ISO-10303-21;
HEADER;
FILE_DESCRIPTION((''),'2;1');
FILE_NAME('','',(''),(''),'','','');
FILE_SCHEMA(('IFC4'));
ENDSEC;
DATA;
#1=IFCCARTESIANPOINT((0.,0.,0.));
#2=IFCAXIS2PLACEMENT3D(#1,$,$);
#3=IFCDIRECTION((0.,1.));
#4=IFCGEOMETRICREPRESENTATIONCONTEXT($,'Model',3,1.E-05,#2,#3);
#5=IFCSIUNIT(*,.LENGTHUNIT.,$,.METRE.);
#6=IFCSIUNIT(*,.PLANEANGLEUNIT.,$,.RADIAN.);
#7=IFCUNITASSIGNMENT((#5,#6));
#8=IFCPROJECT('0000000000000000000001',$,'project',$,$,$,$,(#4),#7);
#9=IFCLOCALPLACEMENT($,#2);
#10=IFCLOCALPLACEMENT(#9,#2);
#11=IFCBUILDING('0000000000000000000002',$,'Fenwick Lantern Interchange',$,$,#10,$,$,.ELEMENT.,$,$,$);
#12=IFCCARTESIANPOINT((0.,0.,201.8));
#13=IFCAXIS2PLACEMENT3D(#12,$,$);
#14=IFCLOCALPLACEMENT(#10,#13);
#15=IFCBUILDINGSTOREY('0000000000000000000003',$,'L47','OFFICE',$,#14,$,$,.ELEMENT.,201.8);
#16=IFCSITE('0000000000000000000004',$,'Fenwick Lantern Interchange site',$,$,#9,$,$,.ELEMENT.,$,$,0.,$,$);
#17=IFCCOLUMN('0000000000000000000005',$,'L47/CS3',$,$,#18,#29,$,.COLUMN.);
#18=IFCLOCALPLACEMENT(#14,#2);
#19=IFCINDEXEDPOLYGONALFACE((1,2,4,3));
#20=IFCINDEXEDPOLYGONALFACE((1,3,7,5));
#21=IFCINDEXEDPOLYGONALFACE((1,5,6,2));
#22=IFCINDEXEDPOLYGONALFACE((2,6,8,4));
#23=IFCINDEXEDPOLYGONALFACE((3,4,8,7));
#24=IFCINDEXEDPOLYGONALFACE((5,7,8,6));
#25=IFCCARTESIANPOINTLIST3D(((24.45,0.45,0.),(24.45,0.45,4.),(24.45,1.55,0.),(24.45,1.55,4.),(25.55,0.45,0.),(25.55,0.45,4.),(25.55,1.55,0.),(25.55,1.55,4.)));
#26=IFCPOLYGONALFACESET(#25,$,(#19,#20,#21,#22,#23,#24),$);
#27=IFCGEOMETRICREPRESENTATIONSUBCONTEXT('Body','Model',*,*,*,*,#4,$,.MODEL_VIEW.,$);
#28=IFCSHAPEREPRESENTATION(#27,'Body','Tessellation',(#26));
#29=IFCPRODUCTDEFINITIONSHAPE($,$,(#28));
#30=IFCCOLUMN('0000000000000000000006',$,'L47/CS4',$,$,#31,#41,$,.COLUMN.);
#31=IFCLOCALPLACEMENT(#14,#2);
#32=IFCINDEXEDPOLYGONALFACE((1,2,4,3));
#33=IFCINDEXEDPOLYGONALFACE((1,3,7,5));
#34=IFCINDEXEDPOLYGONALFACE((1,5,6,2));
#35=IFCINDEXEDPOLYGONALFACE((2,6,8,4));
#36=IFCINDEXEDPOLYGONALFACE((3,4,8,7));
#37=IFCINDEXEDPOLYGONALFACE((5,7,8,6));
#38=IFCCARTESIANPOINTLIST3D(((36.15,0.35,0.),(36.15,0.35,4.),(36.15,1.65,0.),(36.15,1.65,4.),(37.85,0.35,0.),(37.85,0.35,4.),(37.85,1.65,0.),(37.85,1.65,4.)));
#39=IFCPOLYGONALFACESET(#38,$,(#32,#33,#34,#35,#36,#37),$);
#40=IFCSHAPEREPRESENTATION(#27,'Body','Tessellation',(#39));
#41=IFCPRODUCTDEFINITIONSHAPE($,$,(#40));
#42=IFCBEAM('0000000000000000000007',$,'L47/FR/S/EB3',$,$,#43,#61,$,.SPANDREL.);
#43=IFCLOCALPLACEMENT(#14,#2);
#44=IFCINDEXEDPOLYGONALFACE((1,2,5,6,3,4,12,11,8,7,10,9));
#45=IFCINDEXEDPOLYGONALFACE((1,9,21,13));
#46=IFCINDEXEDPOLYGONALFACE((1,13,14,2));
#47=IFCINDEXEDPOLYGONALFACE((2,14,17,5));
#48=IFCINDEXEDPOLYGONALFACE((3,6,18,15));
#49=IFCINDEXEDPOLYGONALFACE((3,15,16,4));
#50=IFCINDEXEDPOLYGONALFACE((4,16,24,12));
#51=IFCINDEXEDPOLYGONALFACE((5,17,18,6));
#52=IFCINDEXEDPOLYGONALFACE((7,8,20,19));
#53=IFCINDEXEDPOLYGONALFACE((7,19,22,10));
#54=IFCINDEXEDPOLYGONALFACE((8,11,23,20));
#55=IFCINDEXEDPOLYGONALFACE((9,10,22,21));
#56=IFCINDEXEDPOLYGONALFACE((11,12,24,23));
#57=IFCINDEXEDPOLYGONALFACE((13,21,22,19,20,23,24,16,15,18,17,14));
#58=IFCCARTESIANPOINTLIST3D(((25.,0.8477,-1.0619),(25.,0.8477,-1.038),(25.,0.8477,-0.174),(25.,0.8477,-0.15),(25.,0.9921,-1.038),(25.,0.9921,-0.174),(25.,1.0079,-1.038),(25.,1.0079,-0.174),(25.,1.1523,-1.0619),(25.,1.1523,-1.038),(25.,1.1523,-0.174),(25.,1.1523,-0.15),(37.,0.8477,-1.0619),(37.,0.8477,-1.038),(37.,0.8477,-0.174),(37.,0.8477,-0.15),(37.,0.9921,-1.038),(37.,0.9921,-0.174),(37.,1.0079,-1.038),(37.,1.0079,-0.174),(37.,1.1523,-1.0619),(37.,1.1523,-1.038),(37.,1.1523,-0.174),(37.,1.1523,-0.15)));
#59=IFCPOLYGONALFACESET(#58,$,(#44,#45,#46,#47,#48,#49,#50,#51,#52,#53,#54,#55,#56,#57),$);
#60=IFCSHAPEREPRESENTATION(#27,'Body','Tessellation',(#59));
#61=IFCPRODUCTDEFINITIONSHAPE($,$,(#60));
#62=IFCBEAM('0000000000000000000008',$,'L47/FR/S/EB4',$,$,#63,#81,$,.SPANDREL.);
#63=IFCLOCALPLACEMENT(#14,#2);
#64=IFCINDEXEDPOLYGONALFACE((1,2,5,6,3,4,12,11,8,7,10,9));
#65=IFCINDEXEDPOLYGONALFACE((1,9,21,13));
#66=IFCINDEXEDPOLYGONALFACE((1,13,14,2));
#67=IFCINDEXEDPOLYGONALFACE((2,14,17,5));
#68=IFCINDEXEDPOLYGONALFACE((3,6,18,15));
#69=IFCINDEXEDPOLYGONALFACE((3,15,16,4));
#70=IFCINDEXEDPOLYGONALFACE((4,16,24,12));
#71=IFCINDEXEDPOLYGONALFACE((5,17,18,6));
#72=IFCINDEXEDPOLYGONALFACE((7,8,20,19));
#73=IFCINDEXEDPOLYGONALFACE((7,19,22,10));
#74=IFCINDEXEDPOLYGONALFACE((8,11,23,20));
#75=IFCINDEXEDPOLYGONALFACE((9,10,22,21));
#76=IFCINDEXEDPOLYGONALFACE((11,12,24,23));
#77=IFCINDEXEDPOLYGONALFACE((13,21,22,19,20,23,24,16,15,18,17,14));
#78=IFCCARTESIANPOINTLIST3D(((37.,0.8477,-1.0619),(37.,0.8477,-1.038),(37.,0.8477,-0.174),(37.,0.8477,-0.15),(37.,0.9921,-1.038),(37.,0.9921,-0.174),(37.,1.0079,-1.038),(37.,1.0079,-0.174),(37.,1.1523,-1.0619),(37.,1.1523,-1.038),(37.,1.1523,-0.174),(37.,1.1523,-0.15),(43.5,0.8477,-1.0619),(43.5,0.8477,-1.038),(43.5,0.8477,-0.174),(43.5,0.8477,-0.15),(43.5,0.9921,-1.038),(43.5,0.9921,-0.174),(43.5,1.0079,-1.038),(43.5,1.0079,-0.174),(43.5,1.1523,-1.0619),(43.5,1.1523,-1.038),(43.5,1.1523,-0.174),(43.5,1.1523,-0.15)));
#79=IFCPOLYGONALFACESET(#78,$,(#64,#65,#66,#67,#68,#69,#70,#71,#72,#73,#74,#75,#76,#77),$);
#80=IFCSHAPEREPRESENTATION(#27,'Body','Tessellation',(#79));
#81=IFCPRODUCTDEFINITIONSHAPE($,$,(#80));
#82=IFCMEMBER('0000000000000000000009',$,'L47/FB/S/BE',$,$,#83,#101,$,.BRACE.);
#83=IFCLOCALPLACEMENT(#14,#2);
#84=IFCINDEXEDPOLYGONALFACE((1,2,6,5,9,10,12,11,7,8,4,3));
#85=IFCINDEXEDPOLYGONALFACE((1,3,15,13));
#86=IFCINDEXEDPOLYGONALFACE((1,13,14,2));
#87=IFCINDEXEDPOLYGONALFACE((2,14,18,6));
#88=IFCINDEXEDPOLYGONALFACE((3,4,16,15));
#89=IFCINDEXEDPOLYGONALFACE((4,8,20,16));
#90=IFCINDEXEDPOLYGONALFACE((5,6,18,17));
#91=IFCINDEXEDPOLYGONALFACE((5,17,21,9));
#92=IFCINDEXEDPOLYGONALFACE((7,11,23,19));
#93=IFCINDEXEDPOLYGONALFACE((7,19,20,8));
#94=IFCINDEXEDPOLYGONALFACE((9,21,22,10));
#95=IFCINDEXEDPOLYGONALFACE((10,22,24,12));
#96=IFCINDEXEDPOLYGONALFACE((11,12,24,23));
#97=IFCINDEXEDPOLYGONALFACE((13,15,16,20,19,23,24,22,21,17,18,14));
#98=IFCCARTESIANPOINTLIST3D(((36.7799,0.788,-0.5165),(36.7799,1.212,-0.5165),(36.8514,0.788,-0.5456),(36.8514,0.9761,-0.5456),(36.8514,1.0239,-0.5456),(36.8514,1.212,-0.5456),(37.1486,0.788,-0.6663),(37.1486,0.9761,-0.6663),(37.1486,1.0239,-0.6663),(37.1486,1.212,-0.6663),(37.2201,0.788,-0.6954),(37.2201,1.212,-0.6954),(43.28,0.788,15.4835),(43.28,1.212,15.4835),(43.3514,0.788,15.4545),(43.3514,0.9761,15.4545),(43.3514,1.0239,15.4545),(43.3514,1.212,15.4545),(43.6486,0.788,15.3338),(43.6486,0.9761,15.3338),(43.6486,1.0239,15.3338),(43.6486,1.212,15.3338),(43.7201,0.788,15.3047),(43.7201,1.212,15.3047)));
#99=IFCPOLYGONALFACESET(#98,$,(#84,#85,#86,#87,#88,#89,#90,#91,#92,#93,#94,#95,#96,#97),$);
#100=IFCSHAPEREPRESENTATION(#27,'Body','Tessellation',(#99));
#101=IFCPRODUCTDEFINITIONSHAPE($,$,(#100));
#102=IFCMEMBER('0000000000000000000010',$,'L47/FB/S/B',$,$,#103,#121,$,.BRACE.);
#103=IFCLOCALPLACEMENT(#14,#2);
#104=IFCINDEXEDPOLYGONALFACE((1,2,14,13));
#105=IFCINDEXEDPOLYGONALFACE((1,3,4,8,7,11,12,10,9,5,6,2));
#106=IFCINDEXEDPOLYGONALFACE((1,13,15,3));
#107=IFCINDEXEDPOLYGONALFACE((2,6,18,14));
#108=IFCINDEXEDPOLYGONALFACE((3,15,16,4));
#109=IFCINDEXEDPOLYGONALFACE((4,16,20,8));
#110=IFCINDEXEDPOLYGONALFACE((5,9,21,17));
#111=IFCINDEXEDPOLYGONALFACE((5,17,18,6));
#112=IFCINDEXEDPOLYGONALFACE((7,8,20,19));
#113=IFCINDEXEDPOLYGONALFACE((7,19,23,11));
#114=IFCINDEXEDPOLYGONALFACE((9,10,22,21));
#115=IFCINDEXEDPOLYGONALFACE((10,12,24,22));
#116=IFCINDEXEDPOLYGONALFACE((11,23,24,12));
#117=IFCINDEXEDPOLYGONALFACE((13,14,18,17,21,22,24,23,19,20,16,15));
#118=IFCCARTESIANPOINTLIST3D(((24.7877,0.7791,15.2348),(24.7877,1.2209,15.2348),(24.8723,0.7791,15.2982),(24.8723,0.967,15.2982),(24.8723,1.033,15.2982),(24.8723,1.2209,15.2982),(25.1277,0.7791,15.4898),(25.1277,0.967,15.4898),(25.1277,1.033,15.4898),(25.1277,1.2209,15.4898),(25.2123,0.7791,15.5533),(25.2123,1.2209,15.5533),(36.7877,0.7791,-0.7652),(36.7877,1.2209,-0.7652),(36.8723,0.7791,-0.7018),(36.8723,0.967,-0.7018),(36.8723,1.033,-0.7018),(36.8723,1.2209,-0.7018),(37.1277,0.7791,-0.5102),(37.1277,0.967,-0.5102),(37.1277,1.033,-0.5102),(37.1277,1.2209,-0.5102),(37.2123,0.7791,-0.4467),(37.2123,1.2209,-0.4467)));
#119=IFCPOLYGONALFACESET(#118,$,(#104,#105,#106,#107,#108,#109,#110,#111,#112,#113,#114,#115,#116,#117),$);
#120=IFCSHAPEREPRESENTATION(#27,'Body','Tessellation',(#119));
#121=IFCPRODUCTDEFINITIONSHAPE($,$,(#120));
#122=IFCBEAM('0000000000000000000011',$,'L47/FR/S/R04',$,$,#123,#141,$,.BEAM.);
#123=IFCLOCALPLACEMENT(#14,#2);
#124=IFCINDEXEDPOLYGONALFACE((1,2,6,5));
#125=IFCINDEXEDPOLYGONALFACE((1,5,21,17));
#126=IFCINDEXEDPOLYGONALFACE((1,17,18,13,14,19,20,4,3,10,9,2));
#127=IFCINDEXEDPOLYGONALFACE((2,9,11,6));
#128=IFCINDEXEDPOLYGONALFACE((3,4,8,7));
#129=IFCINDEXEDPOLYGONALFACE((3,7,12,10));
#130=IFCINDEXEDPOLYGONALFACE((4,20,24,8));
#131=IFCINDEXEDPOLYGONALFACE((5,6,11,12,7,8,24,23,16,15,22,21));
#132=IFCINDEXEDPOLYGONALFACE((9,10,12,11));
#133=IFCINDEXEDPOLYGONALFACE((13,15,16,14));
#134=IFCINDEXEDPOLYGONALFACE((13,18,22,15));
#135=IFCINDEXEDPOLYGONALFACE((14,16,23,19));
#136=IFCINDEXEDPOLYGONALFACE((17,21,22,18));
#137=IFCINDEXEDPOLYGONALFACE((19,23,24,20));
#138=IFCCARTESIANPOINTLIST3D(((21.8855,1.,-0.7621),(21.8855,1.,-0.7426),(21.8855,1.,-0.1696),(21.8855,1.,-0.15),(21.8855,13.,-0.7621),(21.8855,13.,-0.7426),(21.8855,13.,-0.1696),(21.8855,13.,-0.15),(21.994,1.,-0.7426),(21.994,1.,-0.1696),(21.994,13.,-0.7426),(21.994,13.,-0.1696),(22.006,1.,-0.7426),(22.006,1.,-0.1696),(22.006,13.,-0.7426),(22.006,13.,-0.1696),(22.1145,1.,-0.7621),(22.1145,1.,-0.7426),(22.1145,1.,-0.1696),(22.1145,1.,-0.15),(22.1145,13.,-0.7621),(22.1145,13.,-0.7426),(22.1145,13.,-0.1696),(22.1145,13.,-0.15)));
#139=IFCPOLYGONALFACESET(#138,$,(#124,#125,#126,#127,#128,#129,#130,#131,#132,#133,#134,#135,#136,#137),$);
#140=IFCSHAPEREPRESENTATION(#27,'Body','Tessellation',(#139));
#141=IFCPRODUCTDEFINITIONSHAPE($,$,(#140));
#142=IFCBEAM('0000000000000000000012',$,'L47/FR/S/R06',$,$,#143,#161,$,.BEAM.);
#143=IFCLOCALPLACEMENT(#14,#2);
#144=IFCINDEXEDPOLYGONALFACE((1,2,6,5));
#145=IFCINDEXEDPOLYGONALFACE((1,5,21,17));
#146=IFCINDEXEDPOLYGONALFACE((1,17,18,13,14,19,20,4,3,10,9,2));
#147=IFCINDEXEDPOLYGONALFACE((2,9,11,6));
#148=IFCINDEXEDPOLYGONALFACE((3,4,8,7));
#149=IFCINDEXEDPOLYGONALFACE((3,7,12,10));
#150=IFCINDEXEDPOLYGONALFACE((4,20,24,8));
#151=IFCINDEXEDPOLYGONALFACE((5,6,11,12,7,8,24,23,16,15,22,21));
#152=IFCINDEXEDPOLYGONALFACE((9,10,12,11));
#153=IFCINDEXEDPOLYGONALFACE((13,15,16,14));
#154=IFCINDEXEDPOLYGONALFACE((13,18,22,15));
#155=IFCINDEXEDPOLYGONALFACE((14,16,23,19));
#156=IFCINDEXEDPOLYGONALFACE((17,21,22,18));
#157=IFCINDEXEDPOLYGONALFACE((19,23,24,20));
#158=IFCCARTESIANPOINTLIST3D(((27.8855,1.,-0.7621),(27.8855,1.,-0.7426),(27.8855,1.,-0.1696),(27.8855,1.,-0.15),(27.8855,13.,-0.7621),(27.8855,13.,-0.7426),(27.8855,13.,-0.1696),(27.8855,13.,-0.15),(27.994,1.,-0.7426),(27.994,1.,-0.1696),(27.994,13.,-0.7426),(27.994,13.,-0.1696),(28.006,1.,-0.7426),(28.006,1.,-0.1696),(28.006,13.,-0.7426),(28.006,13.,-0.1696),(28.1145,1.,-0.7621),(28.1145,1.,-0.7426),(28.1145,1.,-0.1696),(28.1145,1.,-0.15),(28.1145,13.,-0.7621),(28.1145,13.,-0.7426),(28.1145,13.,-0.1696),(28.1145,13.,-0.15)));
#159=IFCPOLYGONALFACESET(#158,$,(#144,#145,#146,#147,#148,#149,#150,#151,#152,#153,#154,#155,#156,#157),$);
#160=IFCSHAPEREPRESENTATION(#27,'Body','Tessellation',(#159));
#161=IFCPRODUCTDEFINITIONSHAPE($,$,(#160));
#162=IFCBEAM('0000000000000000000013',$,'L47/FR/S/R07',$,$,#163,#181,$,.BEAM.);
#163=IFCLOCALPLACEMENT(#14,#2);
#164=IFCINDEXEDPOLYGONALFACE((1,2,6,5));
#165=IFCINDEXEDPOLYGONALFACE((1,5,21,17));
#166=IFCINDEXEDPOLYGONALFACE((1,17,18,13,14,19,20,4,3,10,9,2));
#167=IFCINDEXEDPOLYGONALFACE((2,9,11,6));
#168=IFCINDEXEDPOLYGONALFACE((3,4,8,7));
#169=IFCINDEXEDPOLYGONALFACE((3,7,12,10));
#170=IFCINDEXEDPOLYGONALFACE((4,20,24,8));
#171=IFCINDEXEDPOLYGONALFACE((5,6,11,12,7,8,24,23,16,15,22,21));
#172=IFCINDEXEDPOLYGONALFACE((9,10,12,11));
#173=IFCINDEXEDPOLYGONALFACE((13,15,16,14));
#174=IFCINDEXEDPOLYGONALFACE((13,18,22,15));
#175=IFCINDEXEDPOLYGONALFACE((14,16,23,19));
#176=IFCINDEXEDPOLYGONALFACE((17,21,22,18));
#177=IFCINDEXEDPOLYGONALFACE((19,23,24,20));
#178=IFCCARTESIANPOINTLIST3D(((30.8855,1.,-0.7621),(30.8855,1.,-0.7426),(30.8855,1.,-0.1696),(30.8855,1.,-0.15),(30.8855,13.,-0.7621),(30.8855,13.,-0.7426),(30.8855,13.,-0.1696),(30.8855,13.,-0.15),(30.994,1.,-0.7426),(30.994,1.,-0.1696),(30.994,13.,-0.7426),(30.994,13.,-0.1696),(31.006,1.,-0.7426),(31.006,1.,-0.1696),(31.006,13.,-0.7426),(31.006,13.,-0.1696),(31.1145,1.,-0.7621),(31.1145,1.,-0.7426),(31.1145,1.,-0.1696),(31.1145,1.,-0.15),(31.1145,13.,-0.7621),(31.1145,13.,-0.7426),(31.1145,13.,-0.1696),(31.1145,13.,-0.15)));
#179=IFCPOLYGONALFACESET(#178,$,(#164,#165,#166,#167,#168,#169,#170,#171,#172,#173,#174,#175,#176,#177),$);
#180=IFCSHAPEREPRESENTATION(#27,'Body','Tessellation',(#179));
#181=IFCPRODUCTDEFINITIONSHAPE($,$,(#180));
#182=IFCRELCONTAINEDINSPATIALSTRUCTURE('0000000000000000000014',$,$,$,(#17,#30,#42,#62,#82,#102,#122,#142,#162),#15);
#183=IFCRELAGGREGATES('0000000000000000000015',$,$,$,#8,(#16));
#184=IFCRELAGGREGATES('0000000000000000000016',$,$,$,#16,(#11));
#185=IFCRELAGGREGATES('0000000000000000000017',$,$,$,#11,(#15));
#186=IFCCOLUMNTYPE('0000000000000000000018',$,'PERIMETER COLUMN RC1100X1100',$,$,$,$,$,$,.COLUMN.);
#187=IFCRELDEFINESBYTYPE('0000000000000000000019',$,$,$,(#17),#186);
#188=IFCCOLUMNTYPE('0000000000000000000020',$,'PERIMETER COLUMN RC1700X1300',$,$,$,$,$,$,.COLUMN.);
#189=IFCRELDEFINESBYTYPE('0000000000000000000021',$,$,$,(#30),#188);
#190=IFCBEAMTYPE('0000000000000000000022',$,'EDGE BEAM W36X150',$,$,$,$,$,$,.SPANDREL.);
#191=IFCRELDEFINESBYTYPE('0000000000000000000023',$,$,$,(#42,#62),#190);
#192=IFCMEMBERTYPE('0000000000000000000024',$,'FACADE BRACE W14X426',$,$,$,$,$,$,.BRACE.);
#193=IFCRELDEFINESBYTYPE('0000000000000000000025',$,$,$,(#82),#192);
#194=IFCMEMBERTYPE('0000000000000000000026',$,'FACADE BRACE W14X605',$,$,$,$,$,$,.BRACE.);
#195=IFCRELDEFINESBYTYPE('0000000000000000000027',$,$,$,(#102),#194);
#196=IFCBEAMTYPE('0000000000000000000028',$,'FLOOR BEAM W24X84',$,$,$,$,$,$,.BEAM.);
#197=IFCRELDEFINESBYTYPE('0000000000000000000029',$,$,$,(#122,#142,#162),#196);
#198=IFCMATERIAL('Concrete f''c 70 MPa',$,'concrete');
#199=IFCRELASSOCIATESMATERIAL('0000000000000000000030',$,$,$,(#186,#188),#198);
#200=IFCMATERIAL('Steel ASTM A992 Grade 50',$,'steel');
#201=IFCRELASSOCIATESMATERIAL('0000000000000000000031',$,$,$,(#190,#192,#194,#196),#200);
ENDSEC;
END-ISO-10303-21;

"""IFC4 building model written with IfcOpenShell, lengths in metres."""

from ifc_helpers import new_model, si_unit, direction, frame, origin, origin_2d, place, context, subcontext, project, spatial, rectangle, i_section, extrude, material, material_profile, profile_set, type_object, element, save


model = new_model("IFC4")

# Units and contexts
model_context = context("Model", 3, precision=1e-05, world=origin(), true_north=direction((0.0, 1.0)))
body_context = subcontext(model_context, "Body", "Model", "MODEL_VIEW")
ifc_project = project(units=[si_unit("LENGTHUNIT", "METRE"), si_unit("PLANEANGLEUNIT", "RADIAN")], contexts=[model_context])

# Site, building, storey
site_placement = place(None, origin())
site = spatial("IfcSite", under=ifc_project, at=site_placement, Name="Fenwick Lantern Interchange site", CompositionType="ELEMENT", RefElevation=0.0)
building_placement = place(site_placement, origin())
building = spatial("IfcBuilding", under=site, at=building_placement, Name="Fenwick Lantern Interchange", CompositionType="ELEMENT")
storey_placement = place(building_placement, frame((0.0, 0.0, 201.8)))
storey = spatial("IfcBuildingStorey", under=building, at=storey_placement, Name="L47", Description="OFFICE", CompositionType="ELEMENT", Elevation=201.8)

# Columns
ifc_material_1 = material(Name="Concrete f'c 70 MPa", Category="concrete")
ifc_material_profile_1 = material_profile(ifc_material_1, rectangle(XDim=1.1001, YDim=1.1001, at=origin_2d()), Name="RC1100X1100")
ifc_profile_set_1 = profile_set([ifc_material_profile_1], Name="Concrete f'c 70 MPa")
column_type_1 = type_object("IfcColumnType", Name="PERIMETER COLUMN RC1100X1100", PredefinedType="COLUMN", material=ifc_profile_set_1)
column_1_placement = place(storey_placement, frame((25.0, 1.0, 0.0), z_axis=(0.0, 0.0, 1.0), x_axis=(1.0, 0.0, 0.0)))
element("IfcColumn", 1, at=column_1_placement, inside=storey, type_object=column_type_1, Name="L47/CS3", PredefinedType="COLUMN", context=body_context, shape_type="SweptSolid", body=[
    extrude(rectangle(XDim=1.1001, YDim=1.1001, at=origin_2d()), origin(), (0.0, 0.0, 1.0), 4.0),
])
ifc_material_profile_2 = material_profile(ifc_material_1, rectangle(XDim=1.7, YDim=1.3, at=origin_2d()), Name="RC1700X1300")
ifc_profile_set_2 = profile_set([ifc_material_profile_2], Name="Concrete f'c 70 MPa")
column_type_2 = type_object("IfcColumnType", Name="PERIMETER COLUMN RC1700X1300", PredefinedType="COLUMN", material=ifc_profile_set_2)
column_2_placement = place(storey_placement, frame((37.0, 1.0, 0.0), z_axis=(0.0, 0.0, 1.0), x_axis=(1.0, 0.0, 0.0)))
element("IfcColumn", 2, at=column_2_placement, inside=storey, type_object=column_type_2, Name="L47/CS4", PredefinedType="COLUMN", context=body_context, shape_type="SweptSolid", body=[
    extrude(rectangle(XDim=1.7, YDim=1.3, at=origin_2d()), origin(), (0.0, 0.0, 1.0), 4.0),
])

# Beams
ifc_material_2 = material(Name="Steel ASTM A992 Grade 50", Category="steel")
ifc_material_profile_3 = material_profile(ifc_material_2, i_section(OverallWidth=0.3047, OverallDepth=0.9119, WebThickness=0.0159, FlangeThickness=0.0239, at=origin_2d()), Name="W36X150")
ifc_profile_set_3 = profile_set([ifc_material_profile_3], Name="Steel ASTM A992 Grade 50")
beam_type_1 = type_object("IfcBeamType", Name="EDGE BEAM W36X150", PredefinedType="SPANDREL", material=ifc_profile_set_3)
beam_1_placement = place(storey_placement, frame((25.0, 1.0, -0.606), z_axis=(1.0, 0.0, 0.0), x_axis=(0.0, 1.0, 0.0)))
element("IfcBeam", 3, at=beam_1_placement, inside=storey, type_object=beam_type_1, Name="L47/FR/S/EB3", PredefinedType="SPANDREL", context=body_context, shape_type="SweptSolid", body=[
    extrude(i_section(OverallWidth=0.3047, OverallDepth=0.9119, WebThickness=0.0159, FlangeThickness=0.0239, at=origin_2d()), origin(), (0.0, 0.0, 1.0), 12.0),
])
beam_2_placement = place(storey_placement, frame((37.0, 1.0, -0.606), z_axis=(1.0, 0.0, 0.0), x_axis=(0.0, 1.0, 0.0)))
element("IfcBeam", 4, at=beam_2_placement, inside=storey, type_object=beam_type_1, Name="L47/FR/S/EB4", PredefinedType="SPANDREL", context=body_context, shape_type="SweptSolid", body=[
    extrude(i_section(OverallWidth=0.3047, OverallDepth=0.9119, WebThickness=0.0159, FlangeThickness=0.0239, at=origin_2d()), origin(), (0.0, 0.0, 1.0), 6.5),
])

# Members
ifc_material_profile_4 = material_profile(ifc_material_2, i_section(OverallWidth=0.4241, OverallDepth=0.4751, WebThickness=0.0479, FlangeThickness=0.0771, at=origin_2d()), Name="W14X426")
ifc_profile_set_4 = profile_set([ifc_material_profile_4], Name="Steel ASTM A992 Grade 50")
member_type_1 = type_object("IfcMemberType", Name="FACADE BRACE W14X426", PredefinedType="BRACE", material=ifc_profile_set_4)
member_1_placement = place(storey_placement, frame((37.0, 1.0, -0.606), z_axis=(0.376377, 0.0, 0.926467), x_axis=(0.0, 1.0, 0.0)))
element("IfcMember", 5, at=member_1_placement, inside=storey, type_object=member_type_1, Name="L47/FB/S/BE", PredefinedType="BRACE", context=body_context, shape_type="SweptSolid", body=[
    extrude(i_section(OverallWidth=0.4241, OverallDepth=0.4751, WebThickness=0.0479, FlangeThickness=0.0771, at=origin_2d()), origin(), (0.0, 0.0, 1.0), 17.27),
])
ifc_material_profile_5 = material_profile(ifc_material_2, i_section(OverallWidth=0.4419, OverallDepth=0.5308, WebThickness=0.0659, FlangeThickness=0.1057, at=origin_2d()), Name="W14X605")
ifc_profile_set_5 = profile_set([ifc_material_profile_5], Name="Steel ASTM A992 Grade 50")
member_type_2 = type_object("IfcMemberType", Name="FACADE BRACE W14X605", PredefinedType="BRACE", material=ifc_profile_set_5)
member_2_placement = place(storey_placement, frame((37.0, 1.0, -0.606), z_axis=(-0.6, 0.0, 0.8), x_axis=(0.0, -1.0, 0.0)))
element("IfcMember", 6, at=member_2_placement, inside=storey, type_object=member_type_2, Name="L47/FB/S/B", PredefinedType="BRACE", context=body_context, shape_type="SweptSolid", body=[
    extrude(i_section(OverallWidth=0.4419, OverallDepth=0.5308, WebThickness=0.0659, FlangeThickness=0.1057, at=origin_2d()), origin(), (0.0, 0.0, 1.0), 20.0),
])

# Beams
ifc_material_profile_6 = material_profile(ifc_material_2, i_section(OverallWidth=0.229, OverallDepth=0.6121, WebThickness=0.012, FlangeThickness=0.0195, at=origin_2d()), Name="W24X84")
ifc_profile_set_6 = profile_set([ifc_material_profile_6], Name="Steel ASTM A992 Grade 50")
beam_type_2 = type_object("IfcBeamType", Name="FLOOR BEAM W24X84", PredefinedType="BEAM", material=ifc_profile_set_6)
for number, where, z_axis, x_axis, name in (
    (7, (22.0, 1.0, -0.4561), (0.0, 1.0, 0.0), (-1.0, 0.0, 0.0), "L47/FR/S/R04"),
    (8, (28.0, 1.0, -0.4561), (0.0, 1.0, 0.0), (-1.0, 0.0, 0.0), "L47/FR/S/R06"),
    (9, (31.0, 1.0, -0.4561), (0.0, 1.0, 0.0), (-1.0, 0.0, 0.0), "L47/FR/S/R07"),
):
    element("IfcBeam", number, at=place(storey_placement, frame(where, z_axis=z_axis, x_axis=x_axis)), inside=storey, type_object=beam_type_2, Name=name, PredefinedType="BEAM", context=body_context, shape_type="SweptSolid", body=[
        extrude(i_section(OverallWidth=0.229, OverallDepth=0.6121, WebThickness=0.012, FlangeThickness=0.0195, at=origin_2d()), origin(), (0.0, 0.0, 1.0), 12.0),
    ])

save(model, "model.ifc")
